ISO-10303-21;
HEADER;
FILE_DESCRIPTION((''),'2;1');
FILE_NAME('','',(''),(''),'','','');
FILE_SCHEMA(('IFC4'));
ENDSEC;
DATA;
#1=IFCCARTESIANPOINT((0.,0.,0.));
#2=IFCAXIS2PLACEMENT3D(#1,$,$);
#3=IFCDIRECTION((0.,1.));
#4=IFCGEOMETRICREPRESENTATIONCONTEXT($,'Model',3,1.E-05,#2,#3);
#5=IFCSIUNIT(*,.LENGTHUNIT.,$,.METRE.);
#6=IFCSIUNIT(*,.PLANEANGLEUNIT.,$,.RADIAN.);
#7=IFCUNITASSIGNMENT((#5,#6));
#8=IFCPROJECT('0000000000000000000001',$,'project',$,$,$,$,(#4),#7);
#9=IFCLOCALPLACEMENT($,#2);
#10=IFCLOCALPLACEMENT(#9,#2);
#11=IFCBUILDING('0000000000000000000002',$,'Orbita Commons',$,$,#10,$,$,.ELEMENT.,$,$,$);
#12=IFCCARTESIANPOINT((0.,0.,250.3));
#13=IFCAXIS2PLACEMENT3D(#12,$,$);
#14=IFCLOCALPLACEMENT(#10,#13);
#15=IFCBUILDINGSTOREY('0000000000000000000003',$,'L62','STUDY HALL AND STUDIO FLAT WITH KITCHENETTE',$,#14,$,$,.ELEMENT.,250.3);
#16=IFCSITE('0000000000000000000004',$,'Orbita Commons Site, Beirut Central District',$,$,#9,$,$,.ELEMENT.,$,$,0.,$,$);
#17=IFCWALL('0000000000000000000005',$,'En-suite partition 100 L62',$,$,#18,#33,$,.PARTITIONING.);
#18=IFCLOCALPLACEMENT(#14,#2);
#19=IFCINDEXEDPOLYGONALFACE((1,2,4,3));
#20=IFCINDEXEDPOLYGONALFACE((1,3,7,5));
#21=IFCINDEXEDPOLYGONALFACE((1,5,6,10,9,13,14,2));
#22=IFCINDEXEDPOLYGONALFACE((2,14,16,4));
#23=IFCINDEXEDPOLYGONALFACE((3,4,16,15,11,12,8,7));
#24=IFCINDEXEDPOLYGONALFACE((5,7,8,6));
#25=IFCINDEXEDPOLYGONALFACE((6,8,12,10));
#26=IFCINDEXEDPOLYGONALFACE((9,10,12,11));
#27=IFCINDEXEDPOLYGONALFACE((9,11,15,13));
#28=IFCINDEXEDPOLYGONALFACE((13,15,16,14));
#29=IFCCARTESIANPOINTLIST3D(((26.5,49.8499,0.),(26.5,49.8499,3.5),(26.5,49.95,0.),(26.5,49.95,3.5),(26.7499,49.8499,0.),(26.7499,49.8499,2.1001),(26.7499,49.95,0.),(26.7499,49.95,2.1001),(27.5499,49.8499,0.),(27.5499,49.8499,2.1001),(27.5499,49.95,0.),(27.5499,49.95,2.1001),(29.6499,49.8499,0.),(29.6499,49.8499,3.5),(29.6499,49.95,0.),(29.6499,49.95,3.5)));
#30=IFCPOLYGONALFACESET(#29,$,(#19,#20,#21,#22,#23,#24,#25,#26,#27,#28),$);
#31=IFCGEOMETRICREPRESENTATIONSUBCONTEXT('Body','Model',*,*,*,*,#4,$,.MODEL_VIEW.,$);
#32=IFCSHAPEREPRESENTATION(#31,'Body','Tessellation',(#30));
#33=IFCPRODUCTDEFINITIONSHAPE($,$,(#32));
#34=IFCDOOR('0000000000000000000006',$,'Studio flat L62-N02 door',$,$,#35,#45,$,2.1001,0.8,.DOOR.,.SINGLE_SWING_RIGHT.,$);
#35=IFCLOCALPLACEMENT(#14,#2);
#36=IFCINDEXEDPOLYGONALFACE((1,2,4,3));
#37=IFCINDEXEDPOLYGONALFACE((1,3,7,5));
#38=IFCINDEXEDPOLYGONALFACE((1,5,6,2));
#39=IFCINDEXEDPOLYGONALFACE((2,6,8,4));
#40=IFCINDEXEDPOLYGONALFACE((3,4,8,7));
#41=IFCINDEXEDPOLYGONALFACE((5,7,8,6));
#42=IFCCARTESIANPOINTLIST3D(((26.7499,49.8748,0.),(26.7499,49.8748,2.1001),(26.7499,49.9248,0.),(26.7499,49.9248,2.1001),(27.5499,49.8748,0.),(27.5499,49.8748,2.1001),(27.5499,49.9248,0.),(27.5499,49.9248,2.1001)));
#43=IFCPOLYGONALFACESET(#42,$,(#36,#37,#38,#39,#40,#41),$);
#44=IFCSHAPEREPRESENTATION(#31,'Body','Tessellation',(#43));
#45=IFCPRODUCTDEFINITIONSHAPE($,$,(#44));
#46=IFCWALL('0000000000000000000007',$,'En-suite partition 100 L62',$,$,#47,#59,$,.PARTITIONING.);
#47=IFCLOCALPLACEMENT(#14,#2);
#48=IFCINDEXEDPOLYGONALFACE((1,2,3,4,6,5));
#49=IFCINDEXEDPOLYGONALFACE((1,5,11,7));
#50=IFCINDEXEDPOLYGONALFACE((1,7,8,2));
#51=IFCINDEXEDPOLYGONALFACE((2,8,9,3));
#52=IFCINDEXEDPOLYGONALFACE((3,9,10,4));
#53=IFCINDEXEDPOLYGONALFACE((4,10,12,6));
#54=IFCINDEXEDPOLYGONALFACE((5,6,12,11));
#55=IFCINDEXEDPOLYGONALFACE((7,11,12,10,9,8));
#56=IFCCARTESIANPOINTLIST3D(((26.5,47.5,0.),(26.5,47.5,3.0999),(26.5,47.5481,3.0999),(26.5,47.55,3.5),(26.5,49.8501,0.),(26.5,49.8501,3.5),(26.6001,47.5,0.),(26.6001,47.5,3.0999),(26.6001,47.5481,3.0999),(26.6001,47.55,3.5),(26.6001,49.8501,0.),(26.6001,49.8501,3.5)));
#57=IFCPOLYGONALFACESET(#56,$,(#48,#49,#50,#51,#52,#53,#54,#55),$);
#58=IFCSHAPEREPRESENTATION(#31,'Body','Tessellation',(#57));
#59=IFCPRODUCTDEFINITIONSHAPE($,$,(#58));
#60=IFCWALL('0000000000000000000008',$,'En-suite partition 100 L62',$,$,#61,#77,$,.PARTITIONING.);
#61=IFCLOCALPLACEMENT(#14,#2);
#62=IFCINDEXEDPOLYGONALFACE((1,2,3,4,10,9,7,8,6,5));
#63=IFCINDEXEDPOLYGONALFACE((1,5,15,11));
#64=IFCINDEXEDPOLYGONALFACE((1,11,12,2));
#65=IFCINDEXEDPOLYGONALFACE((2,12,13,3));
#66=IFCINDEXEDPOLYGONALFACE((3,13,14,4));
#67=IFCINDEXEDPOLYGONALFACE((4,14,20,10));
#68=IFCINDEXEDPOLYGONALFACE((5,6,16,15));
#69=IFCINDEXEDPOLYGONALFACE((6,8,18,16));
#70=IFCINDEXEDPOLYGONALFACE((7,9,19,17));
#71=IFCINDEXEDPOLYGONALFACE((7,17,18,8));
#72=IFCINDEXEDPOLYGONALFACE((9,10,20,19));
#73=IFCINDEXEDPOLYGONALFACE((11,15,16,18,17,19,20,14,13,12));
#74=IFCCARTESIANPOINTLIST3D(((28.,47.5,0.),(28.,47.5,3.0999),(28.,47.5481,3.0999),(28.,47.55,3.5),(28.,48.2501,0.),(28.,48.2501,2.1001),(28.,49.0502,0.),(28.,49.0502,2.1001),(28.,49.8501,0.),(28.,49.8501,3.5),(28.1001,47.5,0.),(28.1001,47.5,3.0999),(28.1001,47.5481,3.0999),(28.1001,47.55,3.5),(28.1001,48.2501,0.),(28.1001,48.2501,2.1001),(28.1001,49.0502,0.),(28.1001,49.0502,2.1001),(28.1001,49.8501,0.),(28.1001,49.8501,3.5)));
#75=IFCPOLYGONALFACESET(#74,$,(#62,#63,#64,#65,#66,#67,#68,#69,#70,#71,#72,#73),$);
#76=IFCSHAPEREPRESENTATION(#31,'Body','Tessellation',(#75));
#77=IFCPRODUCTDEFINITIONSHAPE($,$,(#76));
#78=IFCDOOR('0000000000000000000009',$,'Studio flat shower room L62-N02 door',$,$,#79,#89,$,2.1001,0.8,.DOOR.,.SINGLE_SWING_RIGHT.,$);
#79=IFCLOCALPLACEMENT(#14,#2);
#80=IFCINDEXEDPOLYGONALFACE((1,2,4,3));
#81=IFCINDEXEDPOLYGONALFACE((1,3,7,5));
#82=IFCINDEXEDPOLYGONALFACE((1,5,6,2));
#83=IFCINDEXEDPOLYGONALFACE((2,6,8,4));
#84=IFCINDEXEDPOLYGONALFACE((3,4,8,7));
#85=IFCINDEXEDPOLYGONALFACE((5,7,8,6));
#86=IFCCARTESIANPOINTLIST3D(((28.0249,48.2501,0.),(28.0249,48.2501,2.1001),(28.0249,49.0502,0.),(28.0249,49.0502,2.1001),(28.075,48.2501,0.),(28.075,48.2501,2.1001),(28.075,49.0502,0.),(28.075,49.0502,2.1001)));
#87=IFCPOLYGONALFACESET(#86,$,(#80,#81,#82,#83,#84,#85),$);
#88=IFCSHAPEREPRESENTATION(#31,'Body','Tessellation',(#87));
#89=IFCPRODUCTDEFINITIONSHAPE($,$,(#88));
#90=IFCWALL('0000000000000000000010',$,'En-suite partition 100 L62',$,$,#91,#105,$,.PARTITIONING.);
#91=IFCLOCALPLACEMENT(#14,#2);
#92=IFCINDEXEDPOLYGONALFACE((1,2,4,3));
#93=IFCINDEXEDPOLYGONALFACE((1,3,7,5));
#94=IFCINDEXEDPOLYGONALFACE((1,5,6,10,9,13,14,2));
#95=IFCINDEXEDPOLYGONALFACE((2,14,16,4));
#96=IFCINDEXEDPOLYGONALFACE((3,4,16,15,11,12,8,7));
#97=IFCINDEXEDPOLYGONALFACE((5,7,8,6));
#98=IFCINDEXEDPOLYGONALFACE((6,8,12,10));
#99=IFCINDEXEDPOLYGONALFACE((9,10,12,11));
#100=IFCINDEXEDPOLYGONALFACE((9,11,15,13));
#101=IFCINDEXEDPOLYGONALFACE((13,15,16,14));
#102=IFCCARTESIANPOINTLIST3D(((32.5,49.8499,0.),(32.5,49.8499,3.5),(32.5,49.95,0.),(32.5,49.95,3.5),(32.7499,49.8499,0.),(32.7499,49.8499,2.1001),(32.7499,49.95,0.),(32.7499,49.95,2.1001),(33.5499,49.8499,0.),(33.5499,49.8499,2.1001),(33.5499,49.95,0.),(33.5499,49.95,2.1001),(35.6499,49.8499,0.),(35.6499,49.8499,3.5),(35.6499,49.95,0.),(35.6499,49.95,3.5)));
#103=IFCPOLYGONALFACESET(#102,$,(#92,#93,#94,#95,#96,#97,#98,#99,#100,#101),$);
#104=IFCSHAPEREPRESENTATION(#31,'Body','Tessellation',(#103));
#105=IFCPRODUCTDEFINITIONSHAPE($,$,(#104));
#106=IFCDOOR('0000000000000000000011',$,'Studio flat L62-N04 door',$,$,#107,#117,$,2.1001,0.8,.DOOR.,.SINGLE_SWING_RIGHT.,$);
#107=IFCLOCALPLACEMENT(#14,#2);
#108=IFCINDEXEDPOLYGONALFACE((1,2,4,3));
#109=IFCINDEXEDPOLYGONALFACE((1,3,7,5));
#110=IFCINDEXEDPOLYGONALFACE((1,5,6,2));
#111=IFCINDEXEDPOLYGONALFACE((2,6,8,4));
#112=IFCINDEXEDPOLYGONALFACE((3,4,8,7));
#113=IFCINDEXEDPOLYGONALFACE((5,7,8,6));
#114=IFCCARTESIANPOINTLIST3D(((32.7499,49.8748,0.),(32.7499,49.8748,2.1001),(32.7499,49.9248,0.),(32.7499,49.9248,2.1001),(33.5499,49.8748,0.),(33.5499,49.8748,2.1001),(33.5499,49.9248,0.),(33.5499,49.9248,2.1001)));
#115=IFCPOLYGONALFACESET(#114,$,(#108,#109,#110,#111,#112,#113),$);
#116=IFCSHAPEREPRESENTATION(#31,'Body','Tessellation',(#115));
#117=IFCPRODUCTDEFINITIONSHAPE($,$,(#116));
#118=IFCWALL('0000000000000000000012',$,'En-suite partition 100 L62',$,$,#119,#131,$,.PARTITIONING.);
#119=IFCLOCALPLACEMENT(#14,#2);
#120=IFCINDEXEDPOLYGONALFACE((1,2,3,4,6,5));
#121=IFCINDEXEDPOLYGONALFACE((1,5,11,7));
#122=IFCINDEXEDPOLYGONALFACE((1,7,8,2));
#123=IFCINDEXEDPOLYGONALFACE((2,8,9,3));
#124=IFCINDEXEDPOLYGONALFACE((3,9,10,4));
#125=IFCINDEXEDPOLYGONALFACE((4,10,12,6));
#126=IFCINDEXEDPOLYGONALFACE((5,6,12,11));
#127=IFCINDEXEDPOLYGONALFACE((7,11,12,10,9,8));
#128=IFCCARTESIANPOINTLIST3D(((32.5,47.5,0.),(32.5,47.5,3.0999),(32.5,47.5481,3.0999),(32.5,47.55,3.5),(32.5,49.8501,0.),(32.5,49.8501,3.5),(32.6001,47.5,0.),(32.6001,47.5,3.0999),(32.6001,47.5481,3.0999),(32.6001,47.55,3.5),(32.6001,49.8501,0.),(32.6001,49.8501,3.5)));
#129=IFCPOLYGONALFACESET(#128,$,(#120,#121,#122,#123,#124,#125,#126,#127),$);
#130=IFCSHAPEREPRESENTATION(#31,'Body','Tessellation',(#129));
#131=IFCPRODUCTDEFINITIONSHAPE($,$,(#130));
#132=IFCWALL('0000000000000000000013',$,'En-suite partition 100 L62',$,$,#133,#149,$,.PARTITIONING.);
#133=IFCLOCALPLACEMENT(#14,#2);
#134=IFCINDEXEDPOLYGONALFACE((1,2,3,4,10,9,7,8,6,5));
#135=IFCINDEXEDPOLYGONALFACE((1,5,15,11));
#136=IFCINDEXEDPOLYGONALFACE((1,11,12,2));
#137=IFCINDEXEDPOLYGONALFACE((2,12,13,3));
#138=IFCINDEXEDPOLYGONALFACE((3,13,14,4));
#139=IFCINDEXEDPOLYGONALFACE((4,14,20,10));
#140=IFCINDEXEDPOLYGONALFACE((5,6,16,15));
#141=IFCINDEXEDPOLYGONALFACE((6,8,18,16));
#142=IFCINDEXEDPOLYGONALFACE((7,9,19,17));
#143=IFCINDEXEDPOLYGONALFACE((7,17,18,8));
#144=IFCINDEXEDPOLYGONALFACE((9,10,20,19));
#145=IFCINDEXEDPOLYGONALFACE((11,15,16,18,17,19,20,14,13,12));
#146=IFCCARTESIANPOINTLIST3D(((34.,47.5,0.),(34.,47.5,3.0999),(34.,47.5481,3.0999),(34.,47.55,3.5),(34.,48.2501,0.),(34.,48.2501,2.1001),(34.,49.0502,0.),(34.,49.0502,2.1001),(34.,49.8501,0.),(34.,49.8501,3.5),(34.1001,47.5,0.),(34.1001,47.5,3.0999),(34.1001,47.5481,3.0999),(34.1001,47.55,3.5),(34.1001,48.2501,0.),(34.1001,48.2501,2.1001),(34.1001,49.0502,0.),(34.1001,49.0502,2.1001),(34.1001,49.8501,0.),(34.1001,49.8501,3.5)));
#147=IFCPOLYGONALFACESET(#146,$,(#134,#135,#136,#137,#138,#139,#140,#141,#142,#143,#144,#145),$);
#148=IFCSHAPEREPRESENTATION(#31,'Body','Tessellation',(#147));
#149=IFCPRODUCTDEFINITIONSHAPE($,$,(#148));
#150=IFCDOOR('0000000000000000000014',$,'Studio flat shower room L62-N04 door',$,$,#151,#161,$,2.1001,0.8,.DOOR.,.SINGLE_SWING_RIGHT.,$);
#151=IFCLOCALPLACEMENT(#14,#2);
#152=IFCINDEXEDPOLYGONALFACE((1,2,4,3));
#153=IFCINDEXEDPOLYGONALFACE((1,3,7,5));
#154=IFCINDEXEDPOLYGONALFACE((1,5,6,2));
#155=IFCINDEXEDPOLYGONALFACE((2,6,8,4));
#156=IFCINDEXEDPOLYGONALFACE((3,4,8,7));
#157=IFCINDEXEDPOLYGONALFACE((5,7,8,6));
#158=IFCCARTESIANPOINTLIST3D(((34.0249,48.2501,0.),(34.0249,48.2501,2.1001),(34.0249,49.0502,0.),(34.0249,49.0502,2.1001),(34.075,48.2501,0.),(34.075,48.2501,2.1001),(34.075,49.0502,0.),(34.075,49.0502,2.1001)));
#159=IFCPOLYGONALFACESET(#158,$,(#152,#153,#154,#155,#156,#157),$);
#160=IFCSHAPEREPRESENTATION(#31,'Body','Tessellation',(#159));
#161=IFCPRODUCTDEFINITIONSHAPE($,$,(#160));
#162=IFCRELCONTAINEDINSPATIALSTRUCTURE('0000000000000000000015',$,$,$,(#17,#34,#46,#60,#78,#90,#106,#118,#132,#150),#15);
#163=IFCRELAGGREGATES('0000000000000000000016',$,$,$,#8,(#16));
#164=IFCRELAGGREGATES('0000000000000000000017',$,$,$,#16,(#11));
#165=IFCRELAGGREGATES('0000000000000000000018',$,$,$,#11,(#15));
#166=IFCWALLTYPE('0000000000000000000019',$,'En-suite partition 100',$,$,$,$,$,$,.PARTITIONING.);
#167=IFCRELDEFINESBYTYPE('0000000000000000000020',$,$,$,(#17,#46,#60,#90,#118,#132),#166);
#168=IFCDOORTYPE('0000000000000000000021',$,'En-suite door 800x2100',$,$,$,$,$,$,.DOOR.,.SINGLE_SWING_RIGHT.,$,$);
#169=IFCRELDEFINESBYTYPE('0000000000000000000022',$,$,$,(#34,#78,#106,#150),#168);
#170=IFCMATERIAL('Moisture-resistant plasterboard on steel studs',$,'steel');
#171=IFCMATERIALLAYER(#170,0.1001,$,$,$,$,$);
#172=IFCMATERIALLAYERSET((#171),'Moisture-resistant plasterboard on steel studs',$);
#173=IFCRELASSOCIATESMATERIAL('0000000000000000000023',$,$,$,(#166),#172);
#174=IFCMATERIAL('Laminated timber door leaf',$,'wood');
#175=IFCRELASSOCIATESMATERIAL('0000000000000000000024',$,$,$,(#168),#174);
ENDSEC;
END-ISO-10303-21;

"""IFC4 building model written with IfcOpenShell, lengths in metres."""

from ifc_helpers import new_model, si_unit, direction, frame, frame_2d, origin, place, context, subcontext, project, spatial, polyline, rectangle, outline, extrude, material, layer, layer_set, type_object, element, fill, save


model = new_model("IFC4")

# Units and contexts
model_context = context("Model", 3, precision=1e-05, world=origin(), true_north=direction((0.0, 1.0)))
body_context = subcontext(model_context, "Body", "Model", "MODEL_VIEW")
ifc_project = project(units=[si_unit("LENGTHUNIT", "METRE"), si_unit("PLANEANGLEUNIT", "RADIAN")], contexts=[model_context])

# Site, building, storey
site_placement = place(None, origin())
site = spatial("IfcSite", under=ifc_project, at=site_placement, Name="Orbita Commons Site, Beirut Central District", CompositionType="ELEMENT", RefElevation=0.0)
building_placement = place(site_placement, origin())
building = spatial("IfcBuilding", under=site, at=building_placement, Name="Orbita Commons", CompositionType="ELEMENT")
storey_placement = place(building_placement, frame((0.0, 0.0, 250.3)))
storey = spatial("IfcBuildingStorey", under=building, at=storey_placement, Name="L62", Description="STUDY HALL AND STUDIO FLAT WITH KITCHENETTE", CompositionType="ELEMENT", Elevation=250.3)

# Wall, opening, door
ifc_material_1 = material(Name="Moisture-resistant plasterboard on steel studs", Category="steel")
ifc_layer_1 = layer(ifc_material_1, 0.1001)
ifc_layer_set_1 = layer_set([ifc_layer_1], Name="Moisture-resistant plasterboard on steel studs")
wall_type_1 = type_object("IfcWallType", Name="En-suite partition 100", PredefinedType="PARTITIONING", material=ifc_layer_set_1)
wall_1_placement = place(storey_placement, frame((26.5, 49.8999, 0.0), z_axis=(0.0, 0.0, 1.0), x_axis=(1.0, 0.0, 0.0)))
wall_1 = element("IfcWall", 1, at=wall_1_placement, inside=storey, type_object=wall_type_1, Name="En-suite partition 100 L62", PredefinedType="PARTITIONING", context=body_context, shape_type="SweptSolid", body=[
    extrude(rectangle(XDim=3.1499, YDim=0.1001, at=frame_2d((1.575, 0.0))), origin(), (0.0, 0.0, 1.0), 3.5),
])
opening_1_placement = place(wall_1_placement, frame((0.25, 0.0, 0.0)))
opening_1 = element("IfcOpeningElement", 2, at=opening_1_placement, cuts=wall_1, PredefinedType="OPENING", context=body_context, shape_type="SweptSolid", body=[
    extrude(rectangle(XDim=0.8, YDim=2.1001, at=frame_2d((0.3999, 1.05))), frame((0.0, 0.0601, 0.0), z_axis=(0.0, -1.0, 0.0), x_axis=(1.0, 0.0, 0.0)), (0.0, 0.0, 1.0), 0.1201),
])
ifc_material_2 = material(Name="Laminated timber door leaf", Category="wood")
door_type_1 = type_object("IfcDoorType", Name="En-suite door 800x2100", OperationType="SINGLE_SWING_RIGHT", PredefinedType="DOOR", material=ifc_material_2)
door_1_placement = place(opening_1_placement, origin())
door_1 = element("IfcDoor", 3, at=door_1_placement, inside=storey, type_object=door_type_1, Name="Studio flat L62-N02 door", OperationType="SINGLE_SWING_RIGHT", OverallHeight=2.1001, OverallWidth=0.8, PredefinedType="DOOR", context=body_context, shape_type="SweptSolid", body=[
    extrude(rectangle(XDim=0.8, YDim=2.1001, at=frame_2d((0.3999, 1.05))), frame((0.0, 0.0249, 0.0), z_axis=(0.0, -1.0, 0.0), x_axis=(1.0, 0.0, 0.0)), (0.0, 0.0, 1.0), 0.05),
])
fill(opening_1, door_1)

# Wall
wall_2_placement = place(storey_placement, frame((26.55, 49.8501, 0.0), z_axis=(0.0, 0.0, 1.0), x_axis=(0.0, -1.0, 0.0)))
element("IfcWall", 4, at=wall_2_placement, inside=storey, type_object=wall_type_1, Name="En-suite partition 100 L62", PredefinedType="PARTITIONING", context=body_context, shape_type="SweptSolid", body=[
    extrude(outline(polyline([(0.0, 0.0), (2.3501, 0.0), (2.3501, 3.0999), (2.302, 3.0999), (2.3, 3.5), (0.0, 3.5), (0.0, 0.0)])), frame((0.0, 0.05, 0.0), z_axis=(0.0, -1.0, 0.0), x_axis=(1.0, 0.0, 0.0)), (0.0, 0.0, 1.0), 0.1001),
])

# Walls, openings, doors
wall_3_placement = place(storey_placement, frame((28.05, 49.8501, 0.0), z_axis=(0.0, 0.0, 1.0), x_axis=(0.0, -1.0, 0.0)))
wall_3 = element("IfcWall", 5, at=wall_3_placement, inside=storey, type_object=wall_type_1, Name="En-suite partition 100 L62", PredefinedType="PARTITIONING", context=body_context, shape_type="SweptSolid", body=[
    extrude(outline(polyline([(0.0, 0.0), (2.3501, 0.0), (2.3501, 3.0999), (2.302, 3.0999), (2.3, 3.5), (0.0, 3.5), (0.0, 0.0)])), frame((0.0, 0.05, 0.0), z_axis=(0.0, -1.0, 0.0), x_axis=(1.0, 0.0, 0.0)), (0.0, 0.0, 1.0), 0.1001),
])
opening_2_placement = place(wall_3_placement, frame((0.8, 0.0, 0.0)))
opening_2 = element("IfcOpeningElement", 6, at=opening_2_placement, cuts=wall_3, PredefinedType="OPENING", context=body_context, shape_type="SweptSolid", body=[
    extrude(rectangle(XDim=0.8, YDim=2.1001, at=frame_2d((0.3999, 1.05))), frame((0.0, 0.0601, 0.0), z_axis=(0.0, -1.0, 0.0), x_axis=(1.0, 0.0, 0.0)), (0.0, 0.0, 1.0), 0.1201),
])
door_2_placement = place(opening_2_placement, origin())
door_2 = element("IfcDoor", 7, at=door_2_placement, inside=storey, type_object=door_type_1, Name="Studio flat shower room L62-N02 door", OperationType="SINGLE_SWING_RIGHT", OverallHeight=2.1001, OverallWidth=0.8, PredefinedType="DOOR", context=body_context, shape_type="SweptSolid", body=[
    extrude(rectangle(XDim=0.8, YDim=2.1001, at=frame_2d((0.3999, 1.05))), frame((0.0, 0.0249, 0.0), z_axis=(0.0, -1.0, 0.0), x_axis=(1.0, 0.0, 0.0)), (0.0, 0.0, 1.0), 0.05),
])
fill(opening_2, door_2)
wall_4_placement = place(storey_placement, frame((32.5, 49.8999, 0.0), z_axis=(0.0, 0.0, 1.0), x_axis=(1.0, 0.0, 0.0)))
wall_4 = element("IfcWall", 8, at=wall_4_placement, inside=storey, type_object=wall_type_1, Name="En-suite partition 100 L62", PredefinedType="PARTITIONING", context=body_context, shape_type="SweptSolid", body=[
    extrude(rectangle(XDim=3.1499, YDim=0.1001, at=frame_2d((1.575, 0.0))), origin(), (0.0, 0.0, 1.0), 3.5),
])
opening_3_placement = place(wall_4_placement, frame((0.25, 0.0, 0.0)))
opening_3 = element("IfcOpeningElement", 9, at=opening_3_placement, cuts=wall_4, PredefinedType="OPENING", context=body_context, shape_type="SweptSolid", body=[
    extrude(rectangle(XDim=0.8, YDim=2.1001, at=frame_2d((0.3999, 1.05))), frame((0.0, 0.0601, 0.0), z_axis=(0.0, -1.0, 0.0), x_axis=(1.0, 0.0, 0.0)), (0.0, 0.0, 1.0), 0.1201),
])
door_3_placement = place(opening_3_placement, origin())
door_3 = element("IfcDoor", 10, at=door_3_placement, inside=storey, type_object=door_type_1, Name="Studio flat L62-N04 door", OperationType="SINGLE_SWING_RIGHT", OverallHeight=2.1001, OverallWidth=0.8, PredefinedType="DOOR", context=body_context, shape_type="SweptSolid", body=[
    extrude(rectangle(XDim=0.8, YDim=2.1001, at=frame_2d((0.3999, 1.05))), frame((0.0, 0.0249, 0.0), z_axis=(0.0, -1.0, 0.0), x_axis=(1.0, 0.0, 0.0)), (0.0, 0.0, 1.0), 0.05),
])
fill(opening_3, door_3)

# Wall
wall_5_placement = place(storey_placement, frame((32.55, 49.8501, 0.0), z_axis=(0.0, 0.0, 1.0), x_axis=(0.0, -1.0, 0.0)))
element("IfcWall", 11, at=wall_5_placement, inside=storey, type_object=wall_type_1, Name="En-suite partition 100 L62", PredefinedType="PARTITIONING", context=body_context, shape_type="SweptSolid", body=[
    extrude(outline(polyline([(0.0, 0.0), (2.3501, 0.0), (2.3501, 3.0999), (2.302, 3.0999), (2.3, 3.5), (0.0, 3.5), (0.0, 0.0)])), frame((0.0, 0.05, 0.0), z_axis=(0.0, -1.0, 0.0), x_axis=(1.0, 0.0, 0.0)), (0.0, 0.0, 1.0), 0.1001),
])

# Wall, opening, door
wall_6_placement = place(storey_placement, frame((34.05, 49.8501, 0.0), z_axis=(0.0, 0.0, 1.0), x_axis=(0.0, -1.0, 0.0)))
wall_6 = element("IfcWall", 12, at=wall_6_placement, inside=storey, type_object=wall_type_1, Name="En-suite partition 100 L62", PredefinedType="PARTITIONING", context=body_context, shape_type="SweptSolid", body=[
    extrude(outline(polyline([(0.0, 0.0), (2.3501, 0.0), (2.3501, 3.0999), (2.302, 3.0999), (2.3, 3.5), (0.0, 3.5), (0.0, 0.0)])), frame((0.0, 0.05, 0.0), z_axis=(0.0, -1.0, 0.0), x_axis=(1.0, 0.0, 0.0)), (0.0, 0.0, 1.0), 0.1001),
])
opening_4_placement = place(wall_6_placement, frame((0.8, 0.0, 0.0)))
opening_4 = element("IfcOpeningElement", 13, at=opening_4_placement, cuts=wall_6, PredefinedType="OPENING", context=body_context, shape_type="SweptSolid", body=[
    extrude(rectangle(XDim=0.8, YDim=2.1001, at=frame_2d((0.3999, 1.05))), frame((0.0, 0.0601, 0.0), z_axis=(0.0, -1.0, 0.0), x_axis=(1.0, 0.0, 0.0)), (0.0, 0.0, 1.0), 0.1201),
])
door_4_placement = place(opening_4_placement, origin())
door_4 = element("IfcDoor", 14, at=door_4_placement, inside=storey, type_object=door_type_1, Name="Studio flat shower room L62-N04 door", OperationType="SINGLE_SWING_RIGHT", OverallHeight=2.1001, OverallWidth=0.8, PredefinedType="DOOR", context=body_context, shape_type="SweptSolid", body=[
    extrude(rectangle(XDim=0.8, YDim=2.1001, at=frame_2d((0.3999, 1.05))), frame((0.0, 0.0249, 0.0), z_axis=(0.0, -1.0, 0.0), x_axis=(1.0, 0.0, 0.0)), (0.0, 0.0, 1.0), 0.05),
])
fill(opening_4, door_4)

save(model, "model.ifc")
